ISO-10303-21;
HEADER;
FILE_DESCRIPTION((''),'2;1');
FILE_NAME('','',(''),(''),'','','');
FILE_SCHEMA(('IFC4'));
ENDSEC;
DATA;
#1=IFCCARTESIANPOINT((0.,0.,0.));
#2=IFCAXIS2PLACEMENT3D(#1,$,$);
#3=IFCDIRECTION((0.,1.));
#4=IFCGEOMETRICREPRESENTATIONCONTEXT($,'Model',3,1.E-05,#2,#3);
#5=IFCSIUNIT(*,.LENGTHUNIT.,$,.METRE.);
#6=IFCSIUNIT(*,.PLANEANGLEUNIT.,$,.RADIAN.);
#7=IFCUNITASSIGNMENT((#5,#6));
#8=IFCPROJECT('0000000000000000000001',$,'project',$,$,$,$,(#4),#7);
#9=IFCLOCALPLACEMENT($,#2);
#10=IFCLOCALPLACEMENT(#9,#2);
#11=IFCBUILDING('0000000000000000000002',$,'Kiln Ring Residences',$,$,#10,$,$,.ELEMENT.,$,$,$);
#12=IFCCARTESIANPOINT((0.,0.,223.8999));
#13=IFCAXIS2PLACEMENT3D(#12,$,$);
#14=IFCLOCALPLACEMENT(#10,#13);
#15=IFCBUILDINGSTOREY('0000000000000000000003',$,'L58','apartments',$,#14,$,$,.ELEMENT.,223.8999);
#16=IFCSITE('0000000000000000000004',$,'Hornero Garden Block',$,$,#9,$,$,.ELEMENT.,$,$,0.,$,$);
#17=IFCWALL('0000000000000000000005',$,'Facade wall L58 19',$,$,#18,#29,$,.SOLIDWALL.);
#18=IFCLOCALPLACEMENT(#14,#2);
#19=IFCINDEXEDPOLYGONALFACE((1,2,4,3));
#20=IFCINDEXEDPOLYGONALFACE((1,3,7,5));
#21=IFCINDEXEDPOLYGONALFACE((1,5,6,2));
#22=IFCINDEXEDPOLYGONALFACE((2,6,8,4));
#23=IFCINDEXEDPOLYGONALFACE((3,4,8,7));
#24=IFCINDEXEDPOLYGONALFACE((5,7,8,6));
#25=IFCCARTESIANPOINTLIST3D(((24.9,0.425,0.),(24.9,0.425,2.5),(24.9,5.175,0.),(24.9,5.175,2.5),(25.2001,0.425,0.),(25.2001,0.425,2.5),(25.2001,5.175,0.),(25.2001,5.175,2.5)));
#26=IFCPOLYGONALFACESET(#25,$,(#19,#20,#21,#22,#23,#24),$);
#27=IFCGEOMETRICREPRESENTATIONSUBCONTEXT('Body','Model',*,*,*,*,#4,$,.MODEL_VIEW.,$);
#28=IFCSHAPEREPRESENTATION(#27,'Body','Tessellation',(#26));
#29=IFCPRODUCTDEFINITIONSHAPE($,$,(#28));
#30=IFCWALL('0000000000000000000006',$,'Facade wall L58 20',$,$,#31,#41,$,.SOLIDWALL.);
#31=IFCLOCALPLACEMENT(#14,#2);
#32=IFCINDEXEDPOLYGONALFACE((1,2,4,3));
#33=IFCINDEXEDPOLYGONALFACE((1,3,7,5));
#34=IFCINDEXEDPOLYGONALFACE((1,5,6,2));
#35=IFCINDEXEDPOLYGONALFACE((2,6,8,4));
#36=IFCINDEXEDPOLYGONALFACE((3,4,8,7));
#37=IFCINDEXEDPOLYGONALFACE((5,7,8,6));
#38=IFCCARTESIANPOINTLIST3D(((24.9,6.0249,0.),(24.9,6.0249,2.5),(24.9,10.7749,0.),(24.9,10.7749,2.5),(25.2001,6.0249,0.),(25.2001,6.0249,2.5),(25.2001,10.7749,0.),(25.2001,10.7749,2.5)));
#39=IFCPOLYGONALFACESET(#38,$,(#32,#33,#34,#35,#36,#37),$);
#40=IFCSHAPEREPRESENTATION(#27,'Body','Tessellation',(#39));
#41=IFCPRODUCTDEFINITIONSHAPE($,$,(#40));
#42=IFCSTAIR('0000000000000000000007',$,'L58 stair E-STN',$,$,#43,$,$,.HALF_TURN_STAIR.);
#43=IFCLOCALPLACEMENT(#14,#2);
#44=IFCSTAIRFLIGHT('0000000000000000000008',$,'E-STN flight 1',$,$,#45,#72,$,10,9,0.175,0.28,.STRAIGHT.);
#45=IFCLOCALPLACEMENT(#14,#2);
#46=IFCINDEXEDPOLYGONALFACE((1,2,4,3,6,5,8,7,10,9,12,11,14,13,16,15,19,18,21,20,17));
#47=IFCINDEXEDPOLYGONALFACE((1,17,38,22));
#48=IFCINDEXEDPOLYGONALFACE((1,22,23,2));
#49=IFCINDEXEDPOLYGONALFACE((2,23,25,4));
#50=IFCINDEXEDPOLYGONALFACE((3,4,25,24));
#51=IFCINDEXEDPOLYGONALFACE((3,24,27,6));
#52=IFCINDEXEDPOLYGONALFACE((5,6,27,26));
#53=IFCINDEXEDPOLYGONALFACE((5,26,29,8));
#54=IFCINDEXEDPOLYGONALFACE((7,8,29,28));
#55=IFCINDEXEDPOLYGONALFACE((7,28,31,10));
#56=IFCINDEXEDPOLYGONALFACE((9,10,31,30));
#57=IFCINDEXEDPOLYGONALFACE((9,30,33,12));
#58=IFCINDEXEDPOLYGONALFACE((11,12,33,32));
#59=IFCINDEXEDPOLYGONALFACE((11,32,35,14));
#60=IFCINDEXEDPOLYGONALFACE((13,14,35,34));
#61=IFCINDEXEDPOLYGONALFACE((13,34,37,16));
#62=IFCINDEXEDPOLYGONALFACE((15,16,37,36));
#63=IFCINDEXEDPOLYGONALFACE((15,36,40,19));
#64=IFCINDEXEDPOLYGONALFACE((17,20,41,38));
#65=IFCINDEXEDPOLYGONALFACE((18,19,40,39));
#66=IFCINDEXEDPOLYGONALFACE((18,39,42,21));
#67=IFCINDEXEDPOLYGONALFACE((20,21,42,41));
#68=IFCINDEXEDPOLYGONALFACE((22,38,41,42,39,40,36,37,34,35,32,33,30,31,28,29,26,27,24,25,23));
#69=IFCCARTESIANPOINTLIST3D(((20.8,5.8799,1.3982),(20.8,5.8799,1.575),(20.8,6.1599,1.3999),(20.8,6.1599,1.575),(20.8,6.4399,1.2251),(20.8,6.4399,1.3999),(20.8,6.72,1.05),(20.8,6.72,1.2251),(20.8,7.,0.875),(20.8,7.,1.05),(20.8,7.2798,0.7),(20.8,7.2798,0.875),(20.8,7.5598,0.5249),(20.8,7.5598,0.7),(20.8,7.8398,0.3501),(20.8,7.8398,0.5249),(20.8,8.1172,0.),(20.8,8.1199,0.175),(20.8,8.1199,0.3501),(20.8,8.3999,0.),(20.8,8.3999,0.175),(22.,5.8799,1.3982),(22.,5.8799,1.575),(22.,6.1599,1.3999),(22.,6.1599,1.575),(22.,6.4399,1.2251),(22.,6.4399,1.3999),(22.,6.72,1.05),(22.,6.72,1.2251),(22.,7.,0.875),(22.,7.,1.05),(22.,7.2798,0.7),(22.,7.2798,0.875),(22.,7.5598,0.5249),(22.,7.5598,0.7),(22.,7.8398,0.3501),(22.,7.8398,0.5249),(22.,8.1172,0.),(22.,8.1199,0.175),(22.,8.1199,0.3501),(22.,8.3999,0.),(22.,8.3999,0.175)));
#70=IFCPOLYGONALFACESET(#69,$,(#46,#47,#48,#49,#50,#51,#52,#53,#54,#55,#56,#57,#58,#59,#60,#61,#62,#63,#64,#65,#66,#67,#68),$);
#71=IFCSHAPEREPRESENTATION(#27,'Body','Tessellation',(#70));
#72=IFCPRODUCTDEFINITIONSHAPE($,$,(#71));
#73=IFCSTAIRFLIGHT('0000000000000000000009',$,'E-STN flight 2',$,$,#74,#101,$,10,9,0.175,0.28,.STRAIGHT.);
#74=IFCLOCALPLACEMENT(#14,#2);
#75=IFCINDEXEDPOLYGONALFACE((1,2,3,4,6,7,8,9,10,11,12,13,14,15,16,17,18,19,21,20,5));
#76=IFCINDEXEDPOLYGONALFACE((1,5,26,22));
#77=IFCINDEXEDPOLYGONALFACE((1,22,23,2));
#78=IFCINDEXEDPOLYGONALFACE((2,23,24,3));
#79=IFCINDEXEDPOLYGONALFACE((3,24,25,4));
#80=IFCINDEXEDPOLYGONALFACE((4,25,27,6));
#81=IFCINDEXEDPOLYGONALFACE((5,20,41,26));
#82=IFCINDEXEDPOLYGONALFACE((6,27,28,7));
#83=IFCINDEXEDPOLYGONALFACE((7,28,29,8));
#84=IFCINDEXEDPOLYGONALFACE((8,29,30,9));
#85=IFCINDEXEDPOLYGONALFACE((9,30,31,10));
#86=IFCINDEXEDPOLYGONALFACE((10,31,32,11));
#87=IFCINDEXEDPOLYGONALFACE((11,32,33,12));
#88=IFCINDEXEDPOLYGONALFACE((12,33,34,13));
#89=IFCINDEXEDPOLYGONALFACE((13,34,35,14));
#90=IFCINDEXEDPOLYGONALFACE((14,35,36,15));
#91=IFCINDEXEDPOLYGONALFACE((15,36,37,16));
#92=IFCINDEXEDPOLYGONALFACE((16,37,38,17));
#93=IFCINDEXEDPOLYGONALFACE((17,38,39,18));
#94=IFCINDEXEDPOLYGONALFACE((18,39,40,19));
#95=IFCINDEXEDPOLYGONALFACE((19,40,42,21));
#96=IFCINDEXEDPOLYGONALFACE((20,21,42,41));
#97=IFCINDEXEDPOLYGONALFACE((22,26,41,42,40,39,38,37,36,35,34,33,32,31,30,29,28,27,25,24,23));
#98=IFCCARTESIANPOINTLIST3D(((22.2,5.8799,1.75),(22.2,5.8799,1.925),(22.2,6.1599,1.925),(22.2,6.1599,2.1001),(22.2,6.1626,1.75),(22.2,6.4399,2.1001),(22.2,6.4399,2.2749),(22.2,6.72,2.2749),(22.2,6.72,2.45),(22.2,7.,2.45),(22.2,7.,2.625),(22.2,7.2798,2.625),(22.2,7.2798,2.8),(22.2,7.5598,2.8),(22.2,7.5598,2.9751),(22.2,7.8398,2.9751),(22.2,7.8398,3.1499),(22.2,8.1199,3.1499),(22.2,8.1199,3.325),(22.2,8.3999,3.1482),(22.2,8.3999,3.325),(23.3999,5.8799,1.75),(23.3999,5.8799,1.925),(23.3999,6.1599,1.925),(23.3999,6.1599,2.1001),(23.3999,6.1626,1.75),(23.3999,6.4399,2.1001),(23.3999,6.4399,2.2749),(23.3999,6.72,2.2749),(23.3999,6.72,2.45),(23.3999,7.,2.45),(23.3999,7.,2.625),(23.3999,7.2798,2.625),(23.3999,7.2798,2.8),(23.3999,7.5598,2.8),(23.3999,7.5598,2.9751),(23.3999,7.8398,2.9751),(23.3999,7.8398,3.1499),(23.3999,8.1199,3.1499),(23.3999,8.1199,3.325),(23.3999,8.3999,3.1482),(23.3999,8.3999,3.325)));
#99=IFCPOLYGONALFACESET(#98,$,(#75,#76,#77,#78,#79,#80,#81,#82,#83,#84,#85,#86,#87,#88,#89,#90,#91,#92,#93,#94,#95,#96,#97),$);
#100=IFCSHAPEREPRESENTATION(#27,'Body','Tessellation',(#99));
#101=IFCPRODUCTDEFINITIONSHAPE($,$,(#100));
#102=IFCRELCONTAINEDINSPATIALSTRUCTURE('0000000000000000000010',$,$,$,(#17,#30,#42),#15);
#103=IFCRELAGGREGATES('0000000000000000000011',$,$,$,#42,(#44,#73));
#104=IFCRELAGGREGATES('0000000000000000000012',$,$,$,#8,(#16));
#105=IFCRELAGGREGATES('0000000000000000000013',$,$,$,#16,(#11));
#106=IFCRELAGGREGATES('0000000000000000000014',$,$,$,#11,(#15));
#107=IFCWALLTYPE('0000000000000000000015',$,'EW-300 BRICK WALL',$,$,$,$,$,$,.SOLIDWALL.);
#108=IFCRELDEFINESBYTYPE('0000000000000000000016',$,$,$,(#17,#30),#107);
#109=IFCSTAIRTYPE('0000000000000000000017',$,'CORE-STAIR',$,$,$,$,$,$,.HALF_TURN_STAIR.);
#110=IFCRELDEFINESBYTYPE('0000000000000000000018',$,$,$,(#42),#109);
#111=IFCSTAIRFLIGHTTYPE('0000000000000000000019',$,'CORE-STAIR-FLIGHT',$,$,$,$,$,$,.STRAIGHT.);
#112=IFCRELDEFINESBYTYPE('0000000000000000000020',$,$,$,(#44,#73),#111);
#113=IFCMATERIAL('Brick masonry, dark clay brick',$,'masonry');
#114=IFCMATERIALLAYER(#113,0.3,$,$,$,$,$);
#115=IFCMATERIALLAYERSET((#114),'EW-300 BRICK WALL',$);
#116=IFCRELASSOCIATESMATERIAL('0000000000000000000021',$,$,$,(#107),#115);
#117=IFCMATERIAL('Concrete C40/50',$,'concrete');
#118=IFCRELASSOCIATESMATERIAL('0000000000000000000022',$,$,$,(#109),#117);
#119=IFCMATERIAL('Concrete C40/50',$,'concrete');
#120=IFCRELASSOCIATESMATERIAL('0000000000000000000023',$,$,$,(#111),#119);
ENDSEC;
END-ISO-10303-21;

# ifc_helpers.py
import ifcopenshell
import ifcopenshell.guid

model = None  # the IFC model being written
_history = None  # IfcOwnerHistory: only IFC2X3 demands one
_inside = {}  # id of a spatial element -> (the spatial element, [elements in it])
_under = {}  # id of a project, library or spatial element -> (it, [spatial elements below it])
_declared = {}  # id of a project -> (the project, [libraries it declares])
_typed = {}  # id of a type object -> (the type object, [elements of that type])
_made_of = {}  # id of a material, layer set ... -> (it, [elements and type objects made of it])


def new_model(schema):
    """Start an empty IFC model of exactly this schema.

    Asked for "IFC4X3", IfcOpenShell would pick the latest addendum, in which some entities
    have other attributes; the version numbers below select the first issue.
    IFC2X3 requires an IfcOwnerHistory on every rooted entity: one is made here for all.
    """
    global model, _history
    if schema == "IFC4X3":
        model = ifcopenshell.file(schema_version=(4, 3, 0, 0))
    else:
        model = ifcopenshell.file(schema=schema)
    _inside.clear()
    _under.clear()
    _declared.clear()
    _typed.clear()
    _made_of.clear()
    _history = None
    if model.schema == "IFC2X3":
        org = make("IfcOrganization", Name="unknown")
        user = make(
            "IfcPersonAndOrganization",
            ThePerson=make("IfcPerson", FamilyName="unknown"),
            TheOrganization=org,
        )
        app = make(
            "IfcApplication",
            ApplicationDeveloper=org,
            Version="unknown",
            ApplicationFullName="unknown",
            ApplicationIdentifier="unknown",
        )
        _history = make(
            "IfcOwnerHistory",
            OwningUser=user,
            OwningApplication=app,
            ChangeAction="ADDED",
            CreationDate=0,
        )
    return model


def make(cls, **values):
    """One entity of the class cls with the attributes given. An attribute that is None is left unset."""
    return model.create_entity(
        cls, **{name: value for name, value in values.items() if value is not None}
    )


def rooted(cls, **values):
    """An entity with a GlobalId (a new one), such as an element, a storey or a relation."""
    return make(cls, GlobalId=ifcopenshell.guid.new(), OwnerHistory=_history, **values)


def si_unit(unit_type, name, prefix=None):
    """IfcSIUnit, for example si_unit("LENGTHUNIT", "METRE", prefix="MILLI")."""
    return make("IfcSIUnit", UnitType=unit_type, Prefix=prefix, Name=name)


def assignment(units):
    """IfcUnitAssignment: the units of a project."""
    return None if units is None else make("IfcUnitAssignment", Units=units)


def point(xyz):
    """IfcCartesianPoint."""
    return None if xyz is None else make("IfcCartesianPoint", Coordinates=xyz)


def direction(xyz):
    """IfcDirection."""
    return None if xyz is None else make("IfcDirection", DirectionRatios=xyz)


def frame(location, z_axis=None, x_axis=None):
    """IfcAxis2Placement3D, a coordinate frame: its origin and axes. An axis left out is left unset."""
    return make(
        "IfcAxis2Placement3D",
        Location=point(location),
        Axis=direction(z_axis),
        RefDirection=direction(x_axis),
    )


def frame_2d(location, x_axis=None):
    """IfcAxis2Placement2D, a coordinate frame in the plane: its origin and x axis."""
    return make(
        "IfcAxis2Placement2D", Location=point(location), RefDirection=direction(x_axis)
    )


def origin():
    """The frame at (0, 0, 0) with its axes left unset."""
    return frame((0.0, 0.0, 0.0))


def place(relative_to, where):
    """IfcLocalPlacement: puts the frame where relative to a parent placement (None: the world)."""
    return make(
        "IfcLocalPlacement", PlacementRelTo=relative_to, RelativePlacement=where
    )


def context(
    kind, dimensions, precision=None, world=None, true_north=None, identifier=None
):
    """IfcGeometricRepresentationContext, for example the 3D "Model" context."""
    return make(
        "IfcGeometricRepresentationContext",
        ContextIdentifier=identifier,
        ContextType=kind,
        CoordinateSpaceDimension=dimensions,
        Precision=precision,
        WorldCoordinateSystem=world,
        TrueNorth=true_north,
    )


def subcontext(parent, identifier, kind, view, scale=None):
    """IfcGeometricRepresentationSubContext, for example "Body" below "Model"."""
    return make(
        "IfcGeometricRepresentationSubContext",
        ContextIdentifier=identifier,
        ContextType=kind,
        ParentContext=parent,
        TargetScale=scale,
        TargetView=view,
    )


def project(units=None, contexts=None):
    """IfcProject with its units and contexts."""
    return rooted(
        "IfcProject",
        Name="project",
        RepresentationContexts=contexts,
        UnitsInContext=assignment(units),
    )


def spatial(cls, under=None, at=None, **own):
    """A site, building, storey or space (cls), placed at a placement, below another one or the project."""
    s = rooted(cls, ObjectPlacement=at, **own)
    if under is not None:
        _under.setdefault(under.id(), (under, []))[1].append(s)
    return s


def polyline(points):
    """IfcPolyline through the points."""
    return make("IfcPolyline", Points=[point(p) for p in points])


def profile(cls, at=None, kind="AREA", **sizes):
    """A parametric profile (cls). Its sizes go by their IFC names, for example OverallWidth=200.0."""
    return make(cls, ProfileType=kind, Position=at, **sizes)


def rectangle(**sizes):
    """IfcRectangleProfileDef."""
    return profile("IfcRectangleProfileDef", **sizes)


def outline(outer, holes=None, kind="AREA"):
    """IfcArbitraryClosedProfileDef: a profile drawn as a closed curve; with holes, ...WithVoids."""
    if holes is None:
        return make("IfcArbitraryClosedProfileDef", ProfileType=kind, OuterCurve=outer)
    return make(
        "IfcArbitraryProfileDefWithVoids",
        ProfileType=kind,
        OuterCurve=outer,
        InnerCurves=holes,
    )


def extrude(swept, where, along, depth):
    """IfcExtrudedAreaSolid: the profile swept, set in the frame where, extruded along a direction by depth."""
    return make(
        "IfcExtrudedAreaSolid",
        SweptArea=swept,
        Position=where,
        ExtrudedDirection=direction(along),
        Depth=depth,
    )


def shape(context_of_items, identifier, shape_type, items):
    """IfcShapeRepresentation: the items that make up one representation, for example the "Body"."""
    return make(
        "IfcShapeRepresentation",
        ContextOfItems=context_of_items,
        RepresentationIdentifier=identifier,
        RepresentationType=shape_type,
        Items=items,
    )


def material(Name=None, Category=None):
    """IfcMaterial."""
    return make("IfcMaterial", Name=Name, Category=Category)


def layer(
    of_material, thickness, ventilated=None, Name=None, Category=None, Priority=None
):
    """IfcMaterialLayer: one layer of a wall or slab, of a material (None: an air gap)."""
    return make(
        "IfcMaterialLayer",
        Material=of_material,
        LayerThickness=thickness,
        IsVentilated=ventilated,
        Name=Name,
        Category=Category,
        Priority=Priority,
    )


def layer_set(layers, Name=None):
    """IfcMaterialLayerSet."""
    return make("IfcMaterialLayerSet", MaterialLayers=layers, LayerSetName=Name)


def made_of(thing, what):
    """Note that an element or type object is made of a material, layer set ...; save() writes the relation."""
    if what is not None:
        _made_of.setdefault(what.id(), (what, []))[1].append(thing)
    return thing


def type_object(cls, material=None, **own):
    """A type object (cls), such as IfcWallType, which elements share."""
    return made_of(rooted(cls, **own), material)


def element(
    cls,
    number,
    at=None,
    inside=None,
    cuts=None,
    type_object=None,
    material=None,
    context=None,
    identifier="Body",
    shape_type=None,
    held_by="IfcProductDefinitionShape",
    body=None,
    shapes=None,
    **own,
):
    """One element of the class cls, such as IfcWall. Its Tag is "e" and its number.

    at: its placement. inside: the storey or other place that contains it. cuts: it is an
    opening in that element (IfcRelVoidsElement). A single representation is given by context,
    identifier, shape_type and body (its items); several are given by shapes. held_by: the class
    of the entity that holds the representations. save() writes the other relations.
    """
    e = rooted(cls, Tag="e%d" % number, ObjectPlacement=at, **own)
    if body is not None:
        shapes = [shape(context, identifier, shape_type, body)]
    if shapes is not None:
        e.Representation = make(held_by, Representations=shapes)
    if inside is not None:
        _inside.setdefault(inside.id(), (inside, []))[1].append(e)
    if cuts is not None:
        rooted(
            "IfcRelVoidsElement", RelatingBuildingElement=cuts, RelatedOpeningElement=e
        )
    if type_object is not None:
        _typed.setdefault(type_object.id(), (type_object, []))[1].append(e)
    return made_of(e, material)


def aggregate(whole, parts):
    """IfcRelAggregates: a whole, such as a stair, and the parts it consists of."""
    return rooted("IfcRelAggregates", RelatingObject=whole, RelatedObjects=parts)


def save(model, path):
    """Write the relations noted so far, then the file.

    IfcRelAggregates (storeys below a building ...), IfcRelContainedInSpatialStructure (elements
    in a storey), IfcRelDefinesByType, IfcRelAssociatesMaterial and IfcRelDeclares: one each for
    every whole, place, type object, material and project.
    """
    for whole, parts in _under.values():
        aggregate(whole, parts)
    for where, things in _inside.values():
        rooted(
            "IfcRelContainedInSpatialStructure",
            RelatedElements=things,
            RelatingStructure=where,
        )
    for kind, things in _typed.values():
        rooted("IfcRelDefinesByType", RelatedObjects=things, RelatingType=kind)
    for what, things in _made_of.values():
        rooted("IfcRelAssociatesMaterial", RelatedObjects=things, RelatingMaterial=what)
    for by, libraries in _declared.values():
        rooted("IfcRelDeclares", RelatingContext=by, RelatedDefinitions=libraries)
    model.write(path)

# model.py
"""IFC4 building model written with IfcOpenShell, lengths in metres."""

from ifc_helpers import new_model, si_unit, direction, frame, frame_2d, origin, place, context, subcontext, project, spatial, polyline, rectangle, outline, extrude, material, layer, layer_set, type_object, element, aggregate, save


model = new_model("IFC4")

# Units and contexts
model_context = context("Model", 3, precision=1e-05, world=origin(), true_north=direction((0.0, 1.0)))
body_context = subcontext(model_context, "Body", "Model", "MODEL_VIEW")
ifc_project = project(units=[si_unit("LENGTHUNIT", "METRE"), si_unit("PLANEANGLEUNIT", "RADIAN")], contexts=[model_context])

# Site, building, storey
site_placement = place(None, origin())
site = spatial("IfcSite", under=ifc_project, at=site_placement, Name="Hornero Garden Block", CompositionType="ELEMENT", RefElevation=0.0)
building_placement = place(site_placement, origin())
building = spatial("IfcBuilding", under=site, at=building_placement, Name="Kiln Ring Residences", CompositionType="ELEMENT")
storey_placement = place(building_placement, frame((0.0, 0.0, 223.8999)))
storey = spatial("IfcBuildingStorey", under=building, at=storey_placement, Name="L58", Description="apartments", CompositionType="ELEMENT", Elevation=223.8999)

# Walls
ifc_material_1 = material(Name="Brick masonry, dark clay brick", Category="masonry")
ifc_layer_1 = layer(ifc_material_1, 0.3)
ifc_layer_set_1 = layer_set([ifc_layer_1], Name="EW-300 BRICK WALL")
wall_type_1 = type_object("IfcWallType", Name="EW-300 BRICK WALL", PredefinedType="SOLIDWALL", material=ifc_layer_set_1)
for number, where, z_axis, x_axis, name in (
    (1, (25.05, 0.425, 0.0), (0.0, 0.0, 1.0), (0.0, 1.0, 0.0), "Facade wall L58 19"),
    (2, (25.05, 6.0249, 0.0), (0.0, 0.0, 1.0), (0.0, 1.0, 0.0), "Facade wall L58 20"),
):
    element("IfcWall", number, at=place(storey_placement, frame(where, z_axis=z_axis, x_axis=x_axis)), inside=storey, type_object=wall_type_1, Name=name, PredefinedType="SOLIDWALL", context=body_context, shape_type="SweptSolid", body=[
        extrude(rectangle(XDim=4.75, YDim=0.3, at=frame_2d((2.375, 0.0))), origin(), (0.0, 0.0, 1.0), 2.5),
    ])

# Stair, stair flights
ifc_material_2 = material(Name="Concrete C40/50", Category="concrete")
stair_type = type_object("IfcStairType", Name="CORE-STAIR", PredefinedType="HALF_TURN_STAIR", material=ifc_material_2)
stair_placement = place(storey_placement, origin())
stair = element("IfcStair", 3, at=stair_placement, inside=storey, type_object=stair_type, Name="L58 stair E-STN", PredefinedType="HALF_TURN_STAIR")
ifc_material_3 = material(Name="Concrete C40/50", Category="concrete")
stair_flight_type = type_object("IfcStairFlightType", Name="CORE-STAIR-FLIGHT", PredefinedType="STRAIGHT", material=ifc_material_3)
stair_flight_1_placement = place(storey_placement, frame((21.3999, 8.3999, 0.0), z_axis=(0.0, 0.0, 1.0), x_axis=(0.0, -1.0, 0.0)))
stair_flight_1 = element("IfcStairFlight", 4, at=stair_flight_1_placement, type_object=stair_flight_type, Name="E-STN flight 1", NumberOfRisers=10, NumberOfTreads=9, PredefinedType="STRAIGHT", RiserHeight=0.175, TreadLength=0.28, context=body_context, shape_type="SweptSolid", body=[
    extrude(outline(polyline([(0.0, 0.0), (0.0, 0.175), (0.28, 0.175), (0.28, 0.3501), (0.5601, 0.3501), (0.5601, 0.5249), (0.8401, 0.5249), (0.8401, 0.7), (1.1201, 0.7), (1.1201, 0.875), (1.3999, 0.875), (1.3999, 1.05), (1.6799, 1.05), (1.6799, 1.2251), (1.96, 1.2251), (1.96, 1.3999), (2.24, 1.3999), (2.24, 1.575), (2.52, 1.575), (2.52, 1.75), (2.52, 1.3982), (0.2827, 0.0), (0.0, 0.0)])), frame((0.0, 0.6001, 0.0), z_axis=(0.0, -1.0, 0.0), x_axis=(1.0, 0.0, 0.0)), (0.0, 0.0, 1.0), 1.2),
])
stair_flight_2_placement = place(storey_placement, frame((22.8, 5.8799, 1.75), z_axis=(0.0, 0.0, 1.0), x_axis=(0.0, 1.0, 0.0)))
stair_flight_2 = element("IfcStairFlight", 5, at=stair_flight_2_placement, type_object=stair_flight_type, Name="E-STN flight 2", NumberOfRisers=10, NumberOfTreads=9, PredefinedType="STRAIGHT", RiserHeight=0.175, TreadLength=0.28, context=body_context, shape_type="SweptSolid", body=[
    extrude(outline(polyline([(0.0, 0.0), (0.0, 0.175), (0.28, 0.175), (0.28, 0.3501), (0.5601, 0.3501), (0.5601, 0.5249), (0.8401, 0.5249), (0.8401, 0.7), (1.1201, 0.7), (1.1201, 0.875), (1.3999, 0.875), (1.3999, 1.05), (1.6799, 1.05), (1.6799, 1.2251), (1.96, 1.2251), (1.96, 1.3999), (2.24, 1.3999), (2.24, 1.575), (2.52, 1.575), (2.52, 1.75), (2.52, 1.3982), (0.2827, 0.0), (0.0, 0.0)])), frame((0.0, 0.6001, 0.0), z_axis=(0.0, -1.0, 0.0), x_axis=(1.0, 0.0, 0.0)), (0.0, 0.0, 1.0), 1.2),
])
aggregate(stair, [stair_flight_1, stair_flight_2])

save(model, "model.ifc")
